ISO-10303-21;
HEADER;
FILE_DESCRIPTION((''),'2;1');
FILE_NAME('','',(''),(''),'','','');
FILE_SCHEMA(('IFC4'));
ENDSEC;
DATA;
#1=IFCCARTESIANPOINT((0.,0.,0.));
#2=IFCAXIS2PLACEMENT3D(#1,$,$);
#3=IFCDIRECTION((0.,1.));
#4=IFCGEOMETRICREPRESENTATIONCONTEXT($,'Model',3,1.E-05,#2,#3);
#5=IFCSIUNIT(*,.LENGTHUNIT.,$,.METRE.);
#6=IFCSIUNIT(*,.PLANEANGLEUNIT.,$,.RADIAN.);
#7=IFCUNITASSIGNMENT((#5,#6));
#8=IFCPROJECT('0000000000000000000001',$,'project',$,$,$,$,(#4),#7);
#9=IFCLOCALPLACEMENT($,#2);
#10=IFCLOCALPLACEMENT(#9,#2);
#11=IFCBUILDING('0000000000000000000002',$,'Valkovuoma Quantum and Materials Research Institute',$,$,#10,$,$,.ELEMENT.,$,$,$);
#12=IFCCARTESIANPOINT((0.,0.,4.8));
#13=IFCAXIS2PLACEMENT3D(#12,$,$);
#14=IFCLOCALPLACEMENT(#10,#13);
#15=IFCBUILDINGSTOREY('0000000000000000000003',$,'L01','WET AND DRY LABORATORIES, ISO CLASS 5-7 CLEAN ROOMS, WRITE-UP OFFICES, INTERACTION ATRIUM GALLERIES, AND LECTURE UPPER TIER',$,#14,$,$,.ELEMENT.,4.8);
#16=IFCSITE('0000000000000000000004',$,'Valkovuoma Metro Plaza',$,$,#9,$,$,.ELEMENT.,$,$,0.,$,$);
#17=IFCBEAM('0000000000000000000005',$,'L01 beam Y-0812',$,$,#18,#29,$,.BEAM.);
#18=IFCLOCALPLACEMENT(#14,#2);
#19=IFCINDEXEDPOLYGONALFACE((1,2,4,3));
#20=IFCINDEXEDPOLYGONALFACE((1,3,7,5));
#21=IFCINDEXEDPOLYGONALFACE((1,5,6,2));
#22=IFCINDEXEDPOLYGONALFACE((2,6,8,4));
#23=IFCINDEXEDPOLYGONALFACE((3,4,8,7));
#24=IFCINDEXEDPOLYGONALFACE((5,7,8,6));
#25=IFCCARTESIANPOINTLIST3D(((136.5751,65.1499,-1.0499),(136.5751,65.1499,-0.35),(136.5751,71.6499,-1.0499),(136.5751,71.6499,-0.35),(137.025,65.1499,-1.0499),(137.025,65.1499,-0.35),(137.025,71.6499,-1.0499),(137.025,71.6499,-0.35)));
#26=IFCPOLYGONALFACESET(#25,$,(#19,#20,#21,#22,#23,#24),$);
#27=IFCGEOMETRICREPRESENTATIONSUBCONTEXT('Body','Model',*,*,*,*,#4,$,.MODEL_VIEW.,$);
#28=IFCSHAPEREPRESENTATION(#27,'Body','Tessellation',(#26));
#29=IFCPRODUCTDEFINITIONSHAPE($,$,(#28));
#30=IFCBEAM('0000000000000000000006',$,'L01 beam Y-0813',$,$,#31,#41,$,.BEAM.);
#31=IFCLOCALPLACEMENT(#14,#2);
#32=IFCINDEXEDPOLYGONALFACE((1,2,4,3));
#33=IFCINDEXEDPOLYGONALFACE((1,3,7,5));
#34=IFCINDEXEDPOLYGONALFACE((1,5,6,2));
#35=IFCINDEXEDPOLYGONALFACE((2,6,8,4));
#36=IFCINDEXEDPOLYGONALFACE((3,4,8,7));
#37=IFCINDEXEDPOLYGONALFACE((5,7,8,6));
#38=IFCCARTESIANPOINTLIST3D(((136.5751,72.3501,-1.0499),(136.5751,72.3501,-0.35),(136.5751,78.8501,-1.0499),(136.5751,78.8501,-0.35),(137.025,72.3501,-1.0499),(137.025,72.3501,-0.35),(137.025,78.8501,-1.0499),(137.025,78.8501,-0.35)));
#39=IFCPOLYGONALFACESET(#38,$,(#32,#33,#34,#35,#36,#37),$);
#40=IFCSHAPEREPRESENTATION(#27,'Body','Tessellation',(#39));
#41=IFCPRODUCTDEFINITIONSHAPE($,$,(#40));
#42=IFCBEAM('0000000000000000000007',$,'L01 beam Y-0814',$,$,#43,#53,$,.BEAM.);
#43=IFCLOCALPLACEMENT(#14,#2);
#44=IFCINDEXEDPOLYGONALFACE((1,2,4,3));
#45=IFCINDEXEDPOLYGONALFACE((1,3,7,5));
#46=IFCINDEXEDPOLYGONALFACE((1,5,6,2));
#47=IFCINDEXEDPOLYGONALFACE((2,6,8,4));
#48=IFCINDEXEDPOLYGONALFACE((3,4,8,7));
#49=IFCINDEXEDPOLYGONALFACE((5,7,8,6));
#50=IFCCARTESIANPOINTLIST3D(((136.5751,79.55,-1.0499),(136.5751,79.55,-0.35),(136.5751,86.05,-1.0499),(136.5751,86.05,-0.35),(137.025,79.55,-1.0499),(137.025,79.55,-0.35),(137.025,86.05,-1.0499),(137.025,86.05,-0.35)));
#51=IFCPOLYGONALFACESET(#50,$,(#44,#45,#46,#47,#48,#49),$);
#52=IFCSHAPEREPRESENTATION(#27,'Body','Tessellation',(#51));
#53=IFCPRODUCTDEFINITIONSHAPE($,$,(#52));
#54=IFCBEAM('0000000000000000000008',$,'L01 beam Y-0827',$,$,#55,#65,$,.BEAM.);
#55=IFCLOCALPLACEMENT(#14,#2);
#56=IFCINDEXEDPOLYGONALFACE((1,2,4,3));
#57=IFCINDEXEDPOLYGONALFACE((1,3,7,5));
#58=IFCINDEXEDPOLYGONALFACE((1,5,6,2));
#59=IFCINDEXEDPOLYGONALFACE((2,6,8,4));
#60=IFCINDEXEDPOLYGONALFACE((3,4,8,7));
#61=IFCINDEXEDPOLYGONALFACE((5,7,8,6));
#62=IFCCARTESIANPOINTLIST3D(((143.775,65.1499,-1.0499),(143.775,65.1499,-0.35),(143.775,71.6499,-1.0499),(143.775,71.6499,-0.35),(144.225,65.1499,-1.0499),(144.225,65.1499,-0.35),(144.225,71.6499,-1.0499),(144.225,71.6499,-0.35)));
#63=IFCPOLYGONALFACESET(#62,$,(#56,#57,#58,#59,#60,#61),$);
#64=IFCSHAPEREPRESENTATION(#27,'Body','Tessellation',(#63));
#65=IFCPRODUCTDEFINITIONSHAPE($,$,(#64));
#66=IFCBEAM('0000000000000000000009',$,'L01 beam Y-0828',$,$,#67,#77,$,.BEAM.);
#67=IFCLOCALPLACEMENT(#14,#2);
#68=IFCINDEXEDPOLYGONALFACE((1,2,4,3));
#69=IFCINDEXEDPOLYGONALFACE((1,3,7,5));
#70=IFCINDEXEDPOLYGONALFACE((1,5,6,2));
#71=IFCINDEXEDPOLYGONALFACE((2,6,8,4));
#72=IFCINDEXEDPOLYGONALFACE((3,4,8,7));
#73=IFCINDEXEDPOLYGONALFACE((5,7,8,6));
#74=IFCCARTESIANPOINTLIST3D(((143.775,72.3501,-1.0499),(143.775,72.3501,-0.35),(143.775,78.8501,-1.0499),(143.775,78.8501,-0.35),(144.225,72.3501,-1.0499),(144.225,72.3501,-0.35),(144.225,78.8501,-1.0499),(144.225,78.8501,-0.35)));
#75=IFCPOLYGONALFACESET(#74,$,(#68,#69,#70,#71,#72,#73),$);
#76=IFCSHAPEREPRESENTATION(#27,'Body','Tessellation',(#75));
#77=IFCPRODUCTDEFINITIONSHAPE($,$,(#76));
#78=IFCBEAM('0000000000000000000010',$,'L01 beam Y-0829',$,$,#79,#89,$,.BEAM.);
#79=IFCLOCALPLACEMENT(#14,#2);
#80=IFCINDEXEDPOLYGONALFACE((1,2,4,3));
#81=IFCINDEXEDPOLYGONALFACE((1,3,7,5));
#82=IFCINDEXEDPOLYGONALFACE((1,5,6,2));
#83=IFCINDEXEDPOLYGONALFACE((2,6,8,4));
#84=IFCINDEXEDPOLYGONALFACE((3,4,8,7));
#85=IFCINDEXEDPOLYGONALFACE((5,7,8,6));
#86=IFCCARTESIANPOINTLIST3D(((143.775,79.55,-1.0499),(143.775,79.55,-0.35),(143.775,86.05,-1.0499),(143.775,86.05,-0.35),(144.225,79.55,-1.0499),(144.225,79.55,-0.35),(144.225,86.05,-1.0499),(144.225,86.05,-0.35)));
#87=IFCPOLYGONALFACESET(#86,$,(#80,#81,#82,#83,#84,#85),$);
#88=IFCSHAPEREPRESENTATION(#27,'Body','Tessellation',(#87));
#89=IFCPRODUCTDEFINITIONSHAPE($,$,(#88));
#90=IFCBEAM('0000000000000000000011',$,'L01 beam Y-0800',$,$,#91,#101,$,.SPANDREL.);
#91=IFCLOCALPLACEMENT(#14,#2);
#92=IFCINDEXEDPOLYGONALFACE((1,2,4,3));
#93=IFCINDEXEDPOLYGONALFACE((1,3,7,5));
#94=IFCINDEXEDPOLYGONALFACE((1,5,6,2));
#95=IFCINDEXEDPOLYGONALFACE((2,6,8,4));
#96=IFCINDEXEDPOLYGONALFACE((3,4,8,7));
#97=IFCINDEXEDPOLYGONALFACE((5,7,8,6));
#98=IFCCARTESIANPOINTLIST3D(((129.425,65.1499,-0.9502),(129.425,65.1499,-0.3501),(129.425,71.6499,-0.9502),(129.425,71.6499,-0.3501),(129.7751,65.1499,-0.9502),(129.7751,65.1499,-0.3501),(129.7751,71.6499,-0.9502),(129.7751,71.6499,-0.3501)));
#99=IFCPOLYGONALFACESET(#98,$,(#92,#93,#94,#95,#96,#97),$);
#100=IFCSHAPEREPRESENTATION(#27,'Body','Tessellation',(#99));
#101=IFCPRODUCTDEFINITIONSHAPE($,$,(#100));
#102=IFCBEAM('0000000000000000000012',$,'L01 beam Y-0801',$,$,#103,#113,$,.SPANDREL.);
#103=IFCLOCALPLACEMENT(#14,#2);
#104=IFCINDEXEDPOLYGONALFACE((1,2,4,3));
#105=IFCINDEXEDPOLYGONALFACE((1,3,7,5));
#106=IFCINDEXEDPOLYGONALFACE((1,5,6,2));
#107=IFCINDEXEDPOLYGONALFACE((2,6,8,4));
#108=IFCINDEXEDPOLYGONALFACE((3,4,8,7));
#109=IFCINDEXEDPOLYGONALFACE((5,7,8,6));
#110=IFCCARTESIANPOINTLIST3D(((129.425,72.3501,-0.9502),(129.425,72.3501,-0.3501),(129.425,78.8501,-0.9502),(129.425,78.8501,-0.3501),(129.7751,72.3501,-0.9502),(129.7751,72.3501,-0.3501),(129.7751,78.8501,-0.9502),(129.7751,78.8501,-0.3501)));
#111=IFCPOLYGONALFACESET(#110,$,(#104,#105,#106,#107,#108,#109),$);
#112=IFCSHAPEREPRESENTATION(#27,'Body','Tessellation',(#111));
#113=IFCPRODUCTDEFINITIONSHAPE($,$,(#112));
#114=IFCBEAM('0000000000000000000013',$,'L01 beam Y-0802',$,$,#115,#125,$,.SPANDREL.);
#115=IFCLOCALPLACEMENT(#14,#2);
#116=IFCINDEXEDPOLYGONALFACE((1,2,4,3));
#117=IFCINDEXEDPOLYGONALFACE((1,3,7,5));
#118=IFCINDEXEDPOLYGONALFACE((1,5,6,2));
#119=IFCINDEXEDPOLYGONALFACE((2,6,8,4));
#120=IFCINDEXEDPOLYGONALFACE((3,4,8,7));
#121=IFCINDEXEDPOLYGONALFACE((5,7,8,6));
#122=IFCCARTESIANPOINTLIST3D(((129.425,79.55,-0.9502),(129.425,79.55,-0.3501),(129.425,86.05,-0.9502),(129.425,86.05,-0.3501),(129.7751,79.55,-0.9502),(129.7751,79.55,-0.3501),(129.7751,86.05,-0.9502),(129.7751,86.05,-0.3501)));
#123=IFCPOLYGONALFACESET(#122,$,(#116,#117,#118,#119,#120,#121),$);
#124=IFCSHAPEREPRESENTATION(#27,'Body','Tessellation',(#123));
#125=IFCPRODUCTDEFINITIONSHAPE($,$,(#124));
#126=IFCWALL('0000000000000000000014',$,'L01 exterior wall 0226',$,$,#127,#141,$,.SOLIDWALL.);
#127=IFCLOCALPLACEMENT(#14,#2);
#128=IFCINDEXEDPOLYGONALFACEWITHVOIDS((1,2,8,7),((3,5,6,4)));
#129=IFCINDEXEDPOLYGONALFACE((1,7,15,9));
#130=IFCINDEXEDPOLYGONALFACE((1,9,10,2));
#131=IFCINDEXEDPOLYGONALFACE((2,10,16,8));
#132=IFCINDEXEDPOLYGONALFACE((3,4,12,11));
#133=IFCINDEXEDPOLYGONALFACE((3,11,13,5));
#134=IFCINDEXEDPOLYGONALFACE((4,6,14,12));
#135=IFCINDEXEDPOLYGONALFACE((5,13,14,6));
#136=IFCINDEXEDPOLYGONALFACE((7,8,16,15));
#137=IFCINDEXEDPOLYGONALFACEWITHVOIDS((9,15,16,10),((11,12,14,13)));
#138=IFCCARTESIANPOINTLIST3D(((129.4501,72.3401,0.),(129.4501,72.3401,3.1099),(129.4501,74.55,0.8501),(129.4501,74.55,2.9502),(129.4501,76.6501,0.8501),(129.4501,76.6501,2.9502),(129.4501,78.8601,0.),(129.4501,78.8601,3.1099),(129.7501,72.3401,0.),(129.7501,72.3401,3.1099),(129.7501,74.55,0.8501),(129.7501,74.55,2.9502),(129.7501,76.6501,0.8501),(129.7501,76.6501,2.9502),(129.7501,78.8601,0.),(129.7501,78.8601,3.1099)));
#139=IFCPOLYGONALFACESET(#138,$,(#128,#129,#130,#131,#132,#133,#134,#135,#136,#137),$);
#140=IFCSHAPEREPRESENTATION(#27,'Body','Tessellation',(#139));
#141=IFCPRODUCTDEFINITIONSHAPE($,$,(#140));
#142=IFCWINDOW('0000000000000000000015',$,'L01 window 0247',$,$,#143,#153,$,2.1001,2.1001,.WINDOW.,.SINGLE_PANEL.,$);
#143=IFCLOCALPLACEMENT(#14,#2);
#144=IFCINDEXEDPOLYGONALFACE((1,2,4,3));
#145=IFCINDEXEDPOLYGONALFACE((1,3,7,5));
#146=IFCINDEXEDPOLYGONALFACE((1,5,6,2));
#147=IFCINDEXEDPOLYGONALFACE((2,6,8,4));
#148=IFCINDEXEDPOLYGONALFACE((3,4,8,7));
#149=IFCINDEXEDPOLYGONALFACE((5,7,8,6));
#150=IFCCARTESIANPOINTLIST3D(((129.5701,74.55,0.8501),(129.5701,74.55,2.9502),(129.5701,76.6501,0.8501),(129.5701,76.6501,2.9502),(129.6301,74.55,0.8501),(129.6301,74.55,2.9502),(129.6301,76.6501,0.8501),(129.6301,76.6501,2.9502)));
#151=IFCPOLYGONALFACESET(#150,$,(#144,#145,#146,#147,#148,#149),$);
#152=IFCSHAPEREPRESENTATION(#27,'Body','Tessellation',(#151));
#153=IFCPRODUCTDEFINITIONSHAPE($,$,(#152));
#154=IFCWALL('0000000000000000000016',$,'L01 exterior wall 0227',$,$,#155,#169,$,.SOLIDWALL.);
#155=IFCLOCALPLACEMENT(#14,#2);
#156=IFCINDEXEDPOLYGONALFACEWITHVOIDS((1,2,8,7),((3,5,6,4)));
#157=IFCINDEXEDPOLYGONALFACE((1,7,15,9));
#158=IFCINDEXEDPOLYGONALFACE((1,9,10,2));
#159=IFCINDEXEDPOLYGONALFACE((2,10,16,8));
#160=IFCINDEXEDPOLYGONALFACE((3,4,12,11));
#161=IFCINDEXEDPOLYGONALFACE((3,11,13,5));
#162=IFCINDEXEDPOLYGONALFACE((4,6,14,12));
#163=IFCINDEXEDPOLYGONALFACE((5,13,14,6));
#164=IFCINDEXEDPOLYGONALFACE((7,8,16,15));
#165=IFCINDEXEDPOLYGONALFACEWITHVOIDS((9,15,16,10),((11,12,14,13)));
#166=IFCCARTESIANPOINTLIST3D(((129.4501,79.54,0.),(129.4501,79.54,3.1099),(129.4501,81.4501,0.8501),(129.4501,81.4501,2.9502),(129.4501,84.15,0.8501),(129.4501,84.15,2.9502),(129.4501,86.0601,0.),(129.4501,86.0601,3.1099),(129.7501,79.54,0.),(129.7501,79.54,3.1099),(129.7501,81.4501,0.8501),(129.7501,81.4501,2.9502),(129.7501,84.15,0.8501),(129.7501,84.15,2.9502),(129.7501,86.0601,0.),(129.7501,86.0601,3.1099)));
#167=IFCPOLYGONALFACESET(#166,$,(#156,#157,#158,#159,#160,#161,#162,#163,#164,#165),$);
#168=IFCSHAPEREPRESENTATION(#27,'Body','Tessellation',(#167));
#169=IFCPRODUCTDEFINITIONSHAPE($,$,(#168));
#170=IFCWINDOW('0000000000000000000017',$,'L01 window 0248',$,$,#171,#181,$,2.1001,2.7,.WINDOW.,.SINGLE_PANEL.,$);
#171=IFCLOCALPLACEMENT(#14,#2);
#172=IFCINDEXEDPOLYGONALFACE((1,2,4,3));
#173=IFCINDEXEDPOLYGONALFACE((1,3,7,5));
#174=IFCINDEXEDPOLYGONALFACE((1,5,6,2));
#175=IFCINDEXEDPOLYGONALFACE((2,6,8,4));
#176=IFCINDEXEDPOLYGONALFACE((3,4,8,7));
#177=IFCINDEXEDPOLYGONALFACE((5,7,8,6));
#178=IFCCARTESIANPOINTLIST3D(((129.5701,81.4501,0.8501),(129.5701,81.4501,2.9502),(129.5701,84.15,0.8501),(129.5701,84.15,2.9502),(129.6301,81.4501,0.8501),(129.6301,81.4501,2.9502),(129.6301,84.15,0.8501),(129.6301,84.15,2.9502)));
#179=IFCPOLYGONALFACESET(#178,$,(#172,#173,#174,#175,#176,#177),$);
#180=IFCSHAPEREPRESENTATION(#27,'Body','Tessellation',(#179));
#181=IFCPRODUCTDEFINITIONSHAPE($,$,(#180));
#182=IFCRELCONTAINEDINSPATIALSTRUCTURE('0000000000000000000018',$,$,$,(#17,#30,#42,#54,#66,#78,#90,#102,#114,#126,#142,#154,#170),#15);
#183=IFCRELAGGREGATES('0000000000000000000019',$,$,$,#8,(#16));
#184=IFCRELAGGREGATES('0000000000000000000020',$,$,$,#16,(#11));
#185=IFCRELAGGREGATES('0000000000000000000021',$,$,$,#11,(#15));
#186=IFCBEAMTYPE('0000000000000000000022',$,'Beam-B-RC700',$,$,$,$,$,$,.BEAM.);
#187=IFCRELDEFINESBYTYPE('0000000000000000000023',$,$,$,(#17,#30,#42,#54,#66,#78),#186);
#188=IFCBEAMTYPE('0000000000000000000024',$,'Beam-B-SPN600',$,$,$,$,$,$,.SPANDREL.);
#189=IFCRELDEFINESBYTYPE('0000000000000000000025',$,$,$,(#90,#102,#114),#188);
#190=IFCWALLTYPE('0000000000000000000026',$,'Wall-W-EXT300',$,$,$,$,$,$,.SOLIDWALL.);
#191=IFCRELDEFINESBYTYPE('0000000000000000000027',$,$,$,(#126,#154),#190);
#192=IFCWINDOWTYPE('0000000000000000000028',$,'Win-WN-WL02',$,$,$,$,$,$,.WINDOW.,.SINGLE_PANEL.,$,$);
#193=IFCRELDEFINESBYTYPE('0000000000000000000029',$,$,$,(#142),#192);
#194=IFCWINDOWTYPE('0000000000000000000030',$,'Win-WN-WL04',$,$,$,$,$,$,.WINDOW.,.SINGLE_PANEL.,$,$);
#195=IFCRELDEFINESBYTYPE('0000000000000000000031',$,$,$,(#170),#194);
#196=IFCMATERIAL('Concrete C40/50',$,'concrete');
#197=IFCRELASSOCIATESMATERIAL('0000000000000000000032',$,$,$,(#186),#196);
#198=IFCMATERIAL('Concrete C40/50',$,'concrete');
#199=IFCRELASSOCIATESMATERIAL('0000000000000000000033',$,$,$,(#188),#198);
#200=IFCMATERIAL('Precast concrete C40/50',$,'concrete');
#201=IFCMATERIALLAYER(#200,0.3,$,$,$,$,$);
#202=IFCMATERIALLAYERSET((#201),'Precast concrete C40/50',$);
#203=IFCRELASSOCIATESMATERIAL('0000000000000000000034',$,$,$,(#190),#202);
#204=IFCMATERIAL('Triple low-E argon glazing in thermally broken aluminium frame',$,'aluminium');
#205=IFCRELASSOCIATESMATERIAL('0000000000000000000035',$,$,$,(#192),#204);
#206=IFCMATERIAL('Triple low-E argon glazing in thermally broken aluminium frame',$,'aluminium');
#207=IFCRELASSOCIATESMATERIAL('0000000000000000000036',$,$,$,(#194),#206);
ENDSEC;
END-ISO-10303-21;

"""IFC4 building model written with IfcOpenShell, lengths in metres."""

from ifc_helpers import new_model, si_unit, direction, frame, frame_2d, origin, origin_2d, place, context, subcontext, project, spatial, rectangle, extrude, material, layer, layer_set, material_profile, profile_set, type_object, element, fill, save


model = new_model("IFC4")

# Units and contexts
model_context = context("Model", 3, precision=1e-05, world=origin(), true_north=direction((0.0, 1.0)))
body_context = subcontext(model_context, "Body", "Model", "MODEL_VIEW")
ifc_project = project(units=[si_unit("LENGTHUNIT", "METRE"), si_unit("PLANEANGLEUNIT", "RADIAN")], contexts=[model_context])

# Site, building, storey
site_placement = place(None, origin())
site = spatial("IfcSite", under=ifc_project, at=site_placement, Name="Valkovuoma Metro Plaza", CompositionType="ELEMENT", RefElevation=0.0)
building_placement = place(site_placement, origin())
building = spatial("IfcBuilding", under=site, at=building_placement, Name="Valkovuoma Quantum and Materials Research Institute", CompositionType="ELEMENT")
storey_placement = place(building_placement, frame((0.0, 0.0, 4.8)))
storey = spatial("IfcBuildingStorey", under=building, at=storey_placement, Name="L01", Description="WET AND DRY LABORATORIES, ISO CLASS 5-7 CLEAN ROOMS, WRITE-UP OFFICES, INTERACTION ATRIUM GALLERIES, AND LECTURE UPPER TIER", CompositionType="ELEMENT", Elevation=4.8)

# Beams
ifc_material_1 = material(Name="Concrete C40/50", Category="concrete")
ifc_material_profile_1 = material_profile(ifc_material_1, rectangle(XDim=0.45, YDim=0.7, at=origin_2d()), Name="Concrete C40/50")
ifc_profile_set_1 = profile_set([ifc_material_profile_1], Name="Concrete C40/50")
beam_type_1 = type_object("IfcBeamType", Name="Beam-B-RC700", PredefinedType="BEAM", material=ifc_profile_set_1)
for number, where, z_axis, x_axis, name in (
    (1, (136.8, 65.1499, -0.7), (0.0, 1.0, 0.0), (-1.0, 0.0, 0.0), "L01 beam Y-0812"),
    (2, (136.8, 72.3501, -0.7), (0.0, 1.0, 0.0), (-1.0, 0.0, 0.0), "L01 beam Y-0813"),
    (3, (136.8, 79.55, -0.7), (0.0, 1.0, 0.0), (-1.0, 0.0, 0.0), "L01 beam Y-0814"),
    (4, (144.0, 65.1499, -0.7), (0.0, 1.0, 0.0), (-1.0, 0.0, 0.0), "L01 beam Y-0827"),
    (5, (144.0, 72.3501, -0.7), (0.0, 1.0, 0.0), (-1.0, 0.0, 0.0), "L01 beam Y-0828"),
    (6, (144.0, 79.55, -0.7), (0.0, 1.0, 0.0), (-1.0, 0.0, 0.0), "L01 beam Y-0829"),
):
    element("IfcBeam", number, at=place(storey_placement, frame(where, z_axis=z_axis, x_axis=x_axis)), inside=storey, type_object=beam_type_1, Name=name, PredefinedType="BEAM", context=body_context, shape_type="SweptSolid", body=[
        extrude(rectangle(XDim=0.45, YDim=0.7, at=origin_2d()), origin(), (0.0, 0.0, 1.0), 6.5),
    ])
ifc_material_2 = material(Name="Concrete C40/50", Category="concrete")
ifc_material_profile_2 = material_profile(ifc_material_2, rectangle(XDim=0.3501, YDim=0.6001, at=origin_2d()), Name="Concrete C40/50")
ifc_profile_set_2 = profile_set([ifc_material_profile_2], Name="Concrete C40/50")
beam_type_2 = type_object("IfcBeamType", Name="Beam-B-SPN600", PredefinedType="SPANDREL", material=ifc_profile_set_2)
for number, where, z_axis, x_axis, name in (
    (7, (129.6001, 65.1499, -0.6501), (0.0, 1.0, 0.0), (-1.0, 0.0, 0.0), "L01 beam Y-0800"),
    (8, (129.6001, 72.3501, -0.6501), (0.0, 1.0, 0.0), (-1.0, 0.0, 0.0), "L01 beam Y-0801"),
    (9, (129.6001, 79.55, -0.6501), (0.0, 1.0, 0.0), (-1.0, 0.0, 0.0), "L01 beam Y-0802"),
):
    element("IfcBeam", number, at=place(storey_placement, frame(where, z_axis=z_axis, x_axis=x_axis)), inside=storey, type_object=beam_type_2, Name=name, PredefinedType="SPANDREL", context=body_context, shape_type="SweptSolid", body=[
        extrude(rectangle(XDim=0.3501, YDim=0.6001, at=origin_2d()), origin(), (0.0, 0.0, 1.0), 6.5),
    ])

# Walls, openings, windows
ifc_material_3 = material(Name="Precast concrete C40/50", Category="concrete")
ifc_layer = layer(ifc_material_3, 0.3)
ifc_layer_set = layer_set([ifc_layer], Name="Precast concrete C40/50")
wall_type = type_object("IfcWallType", Name="Wall-W-EXT300", PredefinedType="SOLIDWALL", material=ifc_layer_set)
wall_1_placement = place(storey_placement, frame((129.6001, 72.3401, 0.0), z_axis=(0.0, 0.0, 1.0), x_axis=(0.0, 1.0, 0.0)))
wall_1 = element("IfcWall", 10, at=wall_1_placement, inside=storey, type_object=wall_type, Name="L01 exterior wall 0226", PredefinedType="SOLIDWALL", context=body_context, shape_type="SweptSolid", body=[
    extrude(rectangle(XDim=6.52, YDim=0.3, at=frame_2d((3.26, 0.0))), origin(), (0.0, 0.0, 1.0), 3.1099),
])
opening_1_placement = place(wall_1_placement, frame((2.21, 0.0, 0.8501)))
opening_1 = element("IfcOpeningElement", 11, at=opening_1_placement, cuts=wall_1, PredefinedType="OPENING", context=body_context, shape_type="SweptSolid", body=[
    extrude(rectangle(XDim=2.1001, YDim=2.1001, at=frame_2d((1.05, 1.05))), frame((0.0, 0.1602, 0.0), z_axis=(0.0, -1.0, 0.0), x_axis=(1.0, 0.0, 0.0)), (0.0, 0.0, 1.0), 0.3201),
])
ifc_material_4 = material(Name="Triple low-E argon glazing in thermally broken aluminium frame", Category="aluminium")
window_type_1 = type_object("IfcWindowType", Name="Win-WN-WL02", PartitioningType="SINGLE_PANEL", PredefinedType="WINDOW", material=ifc_material_4)
window_1_placement = place(opening_1_placement, origin())
window_1 = element("IfcWindow", 12, at=window_1_placement, inside=storey, type_object=window_type_1, Name="L01 window 0247", OverallHeight=2.1001, OverallWidth=2.1001, PartitioningType="SINGLE_PANEL", PredefinedType="WINDOW", context=body_context, shape_type="SweptSolid", body=[
    extrude(rectangle(XDim=2.1001, YDim=2.1001, at=frame_2d((1.05, 1.05))), frame((0.0, 0.03, 0.0), z_axis=(0.0, -1.0, 0.0), x_axis=(1.0, 0.0, 0.0)), (0.0, 0.0, 1.0), 0.0601),
])
fill(opening_1, window_1)
wall_2_placement = place(storey_placement, frame((129.6001, 79.54, 0.0), z_axis=(0.0, 0.0, 1.0), x_axis=(0.0, 1.0, 0.0)))
wall_2 = element("IfcWall", 13, at=wall_2_placement, inside=storey, type_object=wall_type, Name="L01 exterior wall 0227", PredefinedType="SOLIDWALL", context=body_context, shape_type="SweptSolid", body=[
    extrude(rectangle(XDim=6.52, YDim=0.3, at=frame_2d((3.26, 0.0))), origin(), (0.0, 0.0, 1.0), 3.1099),
])
opening_2_placement = place(wall_2_placement, frame((1.9099, 0.0, 0.8501)))
opening_2 = element("IfcOpeningElement", 14, at=opening_2_placement, cuts=wall_2, PredefinedType="OPENING", context=body_context, shape_type="SweptSolid", body=[
    extrude(rectangle(XDim=2.7, YDim=2.1001, at=frame_2d((1.3501, 1.05))), frame((0.0, 0.1602, 0.0), z_axis=(0.0, -1.0, 0.0), x_axis=(1.0, 0.0, 0.0)), (0.0, 0.0, 1.0), 0.3201),
])
ifc_material_5 = material(Name="Triple low-E argon glazing in thermally broken aluminium frame", Category="aluminium")
window_type_2 = type_object("IfcWindowType", Name="Win-WN-WL04", PartitioningType="SINGLE_PANEL", PredefinedType="WINDOW", material=ifc_material_5)
window_2_placement = place(opening_2_placement, origin())
window_2 = element("IfcWindow", 15, at=window_2_placement, inside=storey, type_object=window_type_2, Name="L01 window 0248", OverallHeight=2.1001, OverallWidth=2.7, PartitioningType="SINGLE_PANEL", PredefinedType="WINDOW", context=body_context, shape_type="SweptSolid", body=[
    extrude(rectangle(XDim=2.7, YDim=2.1001, at=frame_2d((1.3501, 1.05))), frame((0.0, 0.03, 0.0), z_axis=(0.0, -1.0, 0.0), x_axis=(1.0, 0.0, 0.0)), (0.0, 0.0, 1.0), 0.0601),
])
fill(opening_2, window_2)

save(model, "model.ifc")
